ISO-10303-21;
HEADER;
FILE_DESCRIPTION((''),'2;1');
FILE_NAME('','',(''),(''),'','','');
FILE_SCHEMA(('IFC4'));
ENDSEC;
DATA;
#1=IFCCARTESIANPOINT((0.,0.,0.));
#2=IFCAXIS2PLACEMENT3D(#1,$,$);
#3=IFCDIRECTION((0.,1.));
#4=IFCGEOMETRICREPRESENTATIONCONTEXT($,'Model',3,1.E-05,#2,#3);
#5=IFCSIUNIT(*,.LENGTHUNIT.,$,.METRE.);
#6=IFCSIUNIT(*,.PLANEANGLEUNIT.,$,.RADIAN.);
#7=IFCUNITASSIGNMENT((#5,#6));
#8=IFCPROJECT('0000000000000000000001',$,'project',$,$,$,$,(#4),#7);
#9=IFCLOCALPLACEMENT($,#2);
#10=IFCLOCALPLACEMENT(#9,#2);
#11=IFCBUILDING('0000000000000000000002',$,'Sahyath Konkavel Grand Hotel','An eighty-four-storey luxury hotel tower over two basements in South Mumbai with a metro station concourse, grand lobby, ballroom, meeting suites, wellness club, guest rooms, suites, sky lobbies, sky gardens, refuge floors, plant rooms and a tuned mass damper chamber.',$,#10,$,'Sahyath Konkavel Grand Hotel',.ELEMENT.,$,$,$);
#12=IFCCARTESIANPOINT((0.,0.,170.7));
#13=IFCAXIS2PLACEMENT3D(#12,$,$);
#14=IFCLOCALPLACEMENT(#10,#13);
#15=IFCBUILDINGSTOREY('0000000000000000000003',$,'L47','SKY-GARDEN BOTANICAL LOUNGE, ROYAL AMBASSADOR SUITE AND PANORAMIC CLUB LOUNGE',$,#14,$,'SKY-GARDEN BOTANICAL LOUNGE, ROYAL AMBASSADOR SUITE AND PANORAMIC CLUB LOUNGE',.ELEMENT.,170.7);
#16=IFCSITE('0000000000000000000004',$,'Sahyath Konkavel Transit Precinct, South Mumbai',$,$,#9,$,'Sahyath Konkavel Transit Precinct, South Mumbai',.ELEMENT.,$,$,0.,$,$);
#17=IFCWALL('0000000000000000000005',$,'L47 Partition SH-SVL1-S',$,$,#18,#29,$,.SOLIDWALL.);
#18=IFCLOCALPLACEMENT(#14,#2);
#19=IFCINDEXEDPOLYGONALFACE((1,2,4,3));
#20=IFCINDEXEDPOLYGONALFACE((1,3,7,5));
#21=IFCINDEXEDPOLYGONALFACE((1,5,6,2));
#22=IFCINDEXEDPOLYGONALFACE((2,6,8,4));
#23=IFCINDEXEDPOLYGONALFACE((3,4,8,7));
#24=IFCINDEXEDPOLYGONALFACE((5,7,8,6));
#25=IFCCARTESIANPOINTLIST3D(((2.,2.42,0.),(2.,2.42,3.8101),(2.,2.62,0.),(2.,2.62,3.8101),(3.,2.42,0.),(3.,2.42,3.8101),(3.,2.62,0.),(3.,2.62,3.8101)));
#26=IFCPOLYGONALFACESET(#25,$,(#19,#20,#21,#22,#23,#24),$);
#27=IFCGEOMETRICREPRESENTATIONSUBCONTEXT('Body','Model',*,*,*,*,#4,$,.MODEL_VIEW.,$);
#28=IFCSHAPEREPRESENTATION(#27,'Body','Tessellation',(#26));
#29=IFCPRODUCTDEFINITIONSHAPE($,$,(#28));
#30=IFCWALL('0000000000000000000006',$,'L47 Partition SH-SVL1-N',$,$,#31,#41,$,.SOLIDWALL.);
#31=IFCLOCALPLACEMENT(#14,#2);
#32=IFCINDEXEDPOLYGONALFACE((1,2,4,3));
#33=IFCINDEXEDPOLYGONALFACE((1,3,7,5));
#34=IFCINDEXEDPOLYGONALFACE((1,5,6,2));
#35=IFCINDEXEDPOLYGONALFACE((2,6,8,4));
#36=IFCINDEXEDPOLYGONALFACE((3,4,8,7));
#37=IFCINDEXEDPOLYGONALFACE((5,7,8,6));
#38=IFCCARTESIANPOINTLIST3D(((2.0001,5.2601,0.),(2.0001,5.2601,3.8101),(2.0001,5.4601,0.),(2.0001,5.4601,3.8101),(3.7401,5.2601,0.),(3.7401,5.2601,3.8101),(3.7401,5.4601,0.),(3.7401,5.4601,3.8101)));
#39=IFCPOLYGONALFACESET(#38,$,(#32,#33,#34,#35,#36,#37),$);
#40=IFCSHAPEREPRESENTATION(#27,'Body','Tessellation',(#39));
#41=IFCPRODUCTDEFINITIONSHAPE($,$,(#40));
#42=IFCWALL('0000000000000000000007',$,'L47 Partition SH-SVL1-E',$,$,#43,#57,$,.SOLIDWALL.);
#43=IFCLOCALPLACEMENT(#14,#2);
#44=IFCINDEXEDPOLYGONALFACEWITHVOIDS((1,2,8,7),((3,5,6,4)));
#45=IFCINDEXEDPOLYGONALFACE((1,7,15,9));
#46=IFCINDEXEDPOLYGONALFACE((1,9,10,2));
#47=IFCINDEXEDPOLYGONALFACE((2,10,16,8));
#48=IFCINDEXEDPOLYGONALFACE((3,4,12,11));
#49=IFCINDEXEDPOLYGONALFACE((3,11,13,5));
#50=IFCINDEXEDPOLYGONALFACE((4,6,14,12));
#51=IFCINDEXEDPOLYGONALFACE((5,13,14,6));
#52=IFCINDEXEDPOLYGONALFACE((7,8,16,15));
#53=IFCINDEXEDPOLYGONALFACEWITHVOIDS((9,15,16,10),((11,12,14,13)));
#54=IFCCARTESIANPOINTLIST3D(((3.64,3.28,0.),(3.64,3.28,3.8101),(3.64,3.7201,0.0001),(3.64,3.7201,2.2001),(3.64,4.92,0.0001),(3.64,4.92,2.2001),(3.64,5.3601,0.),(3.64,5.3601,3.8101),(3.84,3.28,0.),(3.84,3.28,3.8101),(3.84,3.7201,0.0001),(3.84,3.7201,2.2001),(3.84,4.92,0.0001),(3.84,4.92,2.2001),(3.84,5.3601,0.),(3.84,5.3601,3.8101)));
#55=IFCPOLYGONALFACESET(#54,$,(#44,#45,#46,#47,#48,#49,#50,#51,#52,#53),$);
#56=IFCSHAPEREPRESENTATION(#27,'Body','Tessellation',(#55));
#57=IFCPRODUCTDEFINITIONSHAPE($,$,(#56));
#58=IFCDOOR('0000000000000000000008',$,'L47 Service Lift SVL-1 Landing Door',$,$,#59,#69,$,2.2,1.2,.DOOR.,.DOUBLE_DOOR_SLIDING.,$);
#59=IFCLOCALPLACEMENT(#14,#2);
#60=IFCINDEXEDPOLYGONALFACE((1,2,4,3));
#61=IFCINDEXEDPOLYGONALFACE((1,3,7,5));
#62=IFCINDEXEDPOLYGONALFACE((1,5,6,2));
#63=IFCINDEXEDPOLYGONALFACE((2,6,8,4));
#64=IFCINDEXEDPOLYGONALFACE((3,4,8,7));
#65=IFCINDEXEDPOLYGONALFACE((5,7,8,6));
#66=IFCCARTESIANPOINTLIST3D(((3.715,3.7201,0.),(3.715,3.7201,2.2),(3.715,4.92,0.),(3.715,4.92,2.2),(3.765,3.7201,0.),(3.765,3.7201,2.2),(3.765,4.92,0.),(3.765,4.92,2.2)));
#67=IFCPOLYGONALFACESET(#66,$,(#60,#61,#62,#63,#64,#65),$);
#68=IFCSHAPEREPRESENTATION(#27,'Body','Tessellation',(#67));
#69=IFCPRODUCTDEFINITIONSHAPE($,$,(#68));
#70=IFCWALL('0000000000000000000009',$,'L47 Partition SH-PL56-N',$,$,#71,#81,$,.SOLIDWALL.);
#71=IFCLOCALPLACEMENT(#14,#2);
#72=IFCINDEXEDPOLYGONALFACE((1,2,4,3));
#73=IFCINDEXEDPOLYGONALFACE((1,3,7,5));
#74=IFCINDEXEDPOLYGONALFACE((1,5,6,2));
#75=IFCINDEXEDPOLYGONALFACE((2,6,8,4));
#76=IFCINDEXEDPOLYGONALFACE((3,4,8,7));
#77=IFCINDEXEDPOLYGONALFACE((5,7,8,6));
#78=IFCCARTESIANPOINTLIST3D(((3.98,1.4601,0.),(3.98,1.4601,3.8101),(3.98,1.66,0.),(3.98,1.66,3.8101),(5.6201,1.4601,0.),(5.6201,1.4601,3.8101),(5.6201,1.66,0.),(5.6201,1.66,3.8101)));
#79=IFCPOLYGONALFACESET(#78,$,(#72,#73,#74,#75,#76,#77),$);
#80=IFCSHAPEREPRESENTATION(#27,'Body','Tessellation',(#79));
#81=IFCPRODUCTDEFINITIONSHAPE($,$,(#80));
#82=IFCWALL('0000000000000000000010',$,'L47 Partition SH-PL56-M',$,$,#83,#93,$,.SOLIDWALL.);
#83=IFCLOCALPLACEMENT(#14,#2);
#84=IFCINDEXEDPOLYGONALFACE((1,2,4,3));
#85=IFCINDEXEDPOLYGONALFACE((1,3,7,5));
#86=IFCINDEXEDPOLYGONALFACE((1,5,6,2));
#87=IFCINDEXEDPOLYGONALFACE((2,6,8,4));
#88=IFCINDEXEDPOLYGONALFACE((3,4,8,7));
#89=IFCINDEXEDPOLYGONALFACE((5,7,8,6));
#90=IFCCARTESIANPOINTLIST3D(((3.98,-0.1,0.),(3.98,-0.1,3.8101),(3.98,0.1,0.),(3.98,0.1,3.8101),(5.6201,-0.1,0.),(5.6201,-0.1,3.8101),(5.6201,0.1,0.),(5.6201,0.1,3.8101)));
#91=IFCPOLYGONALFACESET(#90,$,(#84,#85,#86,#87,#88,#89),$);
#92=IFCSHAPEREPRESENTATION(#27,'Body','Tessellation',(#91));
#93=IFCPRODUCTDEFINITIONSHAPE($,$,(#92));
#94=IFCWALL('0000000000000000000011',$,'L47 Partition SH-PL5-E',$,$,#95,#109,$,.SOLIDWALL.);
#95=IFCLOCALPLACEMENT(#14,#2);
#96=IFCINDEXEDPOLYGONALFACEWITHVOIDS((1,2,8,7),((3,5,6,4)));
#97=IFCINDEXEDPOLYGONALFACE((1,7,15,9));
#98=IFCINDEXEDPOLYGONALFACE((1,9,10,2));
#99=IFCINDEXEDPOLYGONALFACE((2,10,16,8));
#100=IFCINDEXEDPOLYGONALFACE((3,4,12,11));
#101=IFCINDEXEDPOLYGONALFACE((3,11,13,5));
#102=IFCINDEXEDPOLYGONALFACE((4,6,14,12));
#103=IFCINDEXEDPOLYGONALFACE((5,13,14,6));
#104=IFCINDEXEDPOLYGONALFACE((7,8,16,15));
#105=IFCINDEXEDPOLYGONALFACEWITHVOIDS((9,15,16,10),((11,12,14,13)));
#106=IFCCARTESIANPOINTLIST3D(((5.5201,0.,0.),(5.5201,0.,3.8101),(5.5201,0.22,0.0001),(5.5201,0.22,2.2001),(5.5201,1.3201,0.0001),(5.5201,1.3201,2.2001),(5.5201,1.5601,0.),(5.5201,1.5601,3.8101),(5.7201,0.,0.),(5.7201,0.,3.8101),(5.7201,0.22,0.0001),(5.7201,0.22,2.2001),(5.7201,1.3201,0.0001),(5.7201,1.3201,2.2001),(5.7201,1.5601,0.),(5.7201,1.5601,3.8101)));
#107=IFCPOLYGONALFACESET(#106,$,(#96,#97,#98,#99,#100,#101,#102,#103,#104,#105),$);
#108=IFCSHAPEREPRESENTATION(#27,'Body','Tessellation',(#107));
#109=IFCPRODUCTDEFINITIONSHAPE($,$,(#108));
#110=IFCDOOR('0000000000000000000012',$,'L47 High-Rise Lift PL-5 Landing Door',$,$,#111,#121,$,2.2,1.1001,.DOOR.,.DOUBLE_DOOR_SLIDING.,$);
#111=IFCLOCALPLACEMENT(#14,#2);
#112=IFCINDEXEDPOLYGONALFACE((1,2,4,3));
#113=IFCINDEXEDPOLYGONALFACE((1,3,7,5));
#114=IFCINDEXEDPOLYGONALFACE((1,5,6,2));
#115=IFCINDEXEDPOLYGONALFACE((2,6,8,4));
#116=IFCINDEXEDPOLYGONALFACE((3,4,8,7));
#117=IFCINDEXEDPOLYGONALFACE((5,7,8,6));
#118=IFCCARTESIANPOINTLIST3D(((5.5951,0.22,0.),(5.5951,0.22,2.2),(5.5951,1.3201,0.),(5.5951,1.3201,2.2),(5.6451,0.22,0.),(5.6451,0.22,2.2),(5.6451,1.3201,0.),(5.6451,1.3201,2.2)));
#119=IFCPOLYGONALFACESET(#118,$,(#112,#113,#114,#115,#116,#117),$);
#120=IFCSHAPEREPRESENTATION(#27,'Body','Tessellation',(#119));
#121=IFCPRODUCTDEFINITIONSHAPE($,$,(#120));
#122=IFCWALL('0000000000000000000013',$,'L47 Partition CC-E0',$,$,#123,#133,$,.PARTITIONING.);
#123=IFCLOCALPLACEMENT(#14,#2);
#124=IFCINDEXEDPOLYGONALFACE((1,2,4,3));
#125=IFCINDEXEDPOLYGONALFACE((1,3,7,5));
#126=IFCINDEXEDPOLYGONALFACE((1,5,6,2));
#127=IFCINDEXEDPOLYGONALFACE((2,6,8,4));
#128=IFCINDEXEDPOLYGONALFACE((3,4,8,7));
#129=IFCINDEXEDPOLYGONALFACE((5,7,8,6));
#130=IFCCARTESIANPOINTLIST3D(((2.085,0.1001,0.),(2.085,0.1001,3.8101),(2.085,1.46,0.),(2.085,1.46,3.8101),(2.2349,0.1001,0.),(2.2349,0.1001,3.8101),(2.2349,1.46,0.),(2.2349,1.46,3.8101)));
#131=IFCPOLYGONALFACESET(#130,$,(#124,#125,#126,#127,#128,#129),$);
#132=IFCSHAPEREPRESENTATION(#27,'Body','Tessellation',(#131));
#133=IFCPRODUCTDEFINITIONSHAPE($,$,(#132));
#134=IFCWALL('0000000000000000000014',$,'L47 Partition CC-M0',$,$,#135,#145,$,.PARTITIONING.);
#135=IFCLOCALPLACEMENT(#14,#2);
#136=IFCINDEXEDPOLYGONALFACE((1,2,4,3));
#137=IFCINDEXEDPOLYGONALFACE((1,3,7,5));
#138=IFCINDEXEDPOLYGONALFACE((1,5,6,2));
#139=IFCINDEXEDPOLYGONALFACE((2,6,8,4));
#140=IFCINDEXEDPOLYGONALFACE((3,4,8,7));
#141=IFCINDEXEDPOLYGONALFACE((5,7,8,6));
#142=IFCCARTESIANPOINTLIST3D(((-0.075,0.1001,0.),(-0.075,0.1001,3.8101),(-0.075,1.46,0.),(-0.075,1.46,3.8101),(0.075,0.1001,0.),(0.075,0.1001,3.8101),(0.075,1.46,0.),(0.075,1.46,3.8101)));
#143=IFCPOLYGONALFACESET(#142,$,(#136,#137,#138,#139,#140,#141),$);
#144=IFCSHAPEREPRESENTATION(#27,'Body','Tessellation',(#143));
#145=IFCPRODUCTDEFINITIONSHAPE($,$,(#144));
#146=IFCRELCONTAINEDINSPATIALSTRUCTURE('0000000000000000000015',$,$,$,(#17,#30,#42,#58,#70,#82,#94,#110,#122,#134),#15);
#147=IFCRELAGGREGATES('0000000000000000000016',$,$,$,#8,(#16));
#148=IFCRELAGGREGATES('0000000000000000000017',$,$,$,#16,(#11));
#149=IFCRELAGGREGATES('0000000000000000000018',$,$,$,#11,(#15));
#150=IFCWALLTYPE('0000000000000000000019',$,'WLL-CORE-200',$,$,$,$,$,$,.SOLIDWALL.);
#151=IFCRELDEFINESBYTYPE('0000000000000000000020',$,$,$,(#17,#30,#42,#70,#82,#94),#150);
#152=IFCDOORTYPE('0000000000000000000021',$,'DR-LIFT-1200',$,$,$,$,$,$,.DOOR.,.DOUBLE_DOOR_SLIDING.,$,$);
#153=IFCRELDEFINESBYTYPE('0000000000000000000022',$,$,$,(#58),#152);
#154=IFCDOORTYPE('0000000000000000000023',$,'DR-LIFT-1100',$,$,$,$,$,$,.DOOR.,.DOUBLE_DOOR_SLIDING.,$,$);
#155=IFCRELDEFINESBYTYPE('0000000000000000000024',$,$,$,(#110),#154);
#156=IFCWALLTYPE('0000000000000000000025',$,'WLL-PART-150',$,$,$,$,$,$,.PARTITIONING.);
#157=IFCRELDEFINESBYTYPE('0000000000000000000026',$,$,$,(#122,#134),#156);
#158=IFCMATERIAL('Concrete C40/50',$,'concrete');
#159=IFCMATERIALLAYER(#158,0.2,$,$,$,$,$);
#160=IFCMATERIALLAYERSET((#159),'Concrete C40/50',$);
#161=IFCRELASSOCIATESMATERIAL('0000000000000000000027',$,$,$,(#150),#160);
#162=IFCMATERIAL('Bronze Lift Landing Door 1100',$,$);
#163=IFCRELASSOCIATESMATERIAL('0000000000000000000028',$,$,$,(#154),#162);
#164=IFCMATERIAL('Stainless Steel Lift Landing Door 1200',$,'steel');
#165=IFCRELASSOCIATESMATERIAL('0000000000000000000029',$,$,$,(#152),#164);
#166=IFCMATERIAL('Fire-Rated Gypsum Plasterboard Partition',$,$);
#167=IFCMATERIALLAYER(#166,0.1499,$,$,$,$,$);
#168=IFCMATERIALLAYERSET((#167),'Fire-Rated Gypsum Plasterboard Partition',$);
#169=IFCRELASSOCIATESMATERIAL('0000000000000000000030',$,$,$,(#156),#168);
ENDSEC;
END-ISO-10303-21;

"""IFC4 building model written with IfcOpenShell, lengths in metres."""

from ifc_helpers import new_model, si_unit, direction, frame, frame_2d, origin, origin_2d, place, context, subcontext, project, spatial, rectangle, extrude, source, transform, mapped, material, layer, layer_set, type_object, element, fill, save


model = new_model("IFC4")

# Units and contexts
model_context = context("Model", 3, precision=1e-05, world=origin(), true_north=direction((0.0, 1.0)))
body_context = subcontext(model_context, "Body", "Model", "MODEL_VIEW")
ifc_project = project(units=[si_unit("LENGTHUNIT", "METRE"), si_unit("PLANEANGLEUNIT", "RADIAN")], contexts=[model_context])

# Site, building, storey
site_placement = place(None, origin())
site = spatial("IfcSite", under=ifc_project, at=site_placement, Name="Sahyath Konkavel Transit Precinct, South Mumbai", LongName="Sahyath Konkavel Transit Precinct, South Mumbai", CompositionType="ELEMENT", RefElevation=0.0)
building_placement = place(site_placement, origin())
building = spatial("IfcBuilding", under=site, at=building_placement, Name="Sahyath Konkavel Grand Hotel", Description="An eighty-four-storey luxury hotel tower over two basements in South Mumbai with a metro station concourse, grand lobby, ballroom, meeting suites, wellness club, guest rooms, suites, sky lobbies, sky gardens, refuge floors, plant rooms and a tuned mass damper chamber.", LongName="Sahyath Konkavel Grand Hotel", CompositionType="ELEMENT")
storey_placement = place(building_placement, frame((0.0, 0.0, 170.7)))
storey = spatial("IfcBuildingStorey", under=building, at=storey_placement, Name="L47", Description="SKY-GARDEN BOTANICAL LOUNGE, ROYAL AMBASSADOR SUITE AND PANORAMIC CLUB LOUNGE", LongName="SKY-GARDEN BOTANICAL LOUNGE, ROYAL AMBASSADOR SUITE AND PANORAMIC CLUB LOUNGE", CompositionType="ELEMENT", Elevation=170.7)

# Shared definitions
ifc_material_1 = material(Name="Concrete C40/50", Category="concrete")

# Shared definitions
ifc_layer_1 = layer(ifc_material_1, 0.2)
ifc_layer_set_1 = layer_set([ifc_layer_1], Name="Concrete C40/50")
wall_type_1 = type_object("IfcWallType", Name="WLL-CORE-200", PredefinedType="SOLIDWALL", material=ifc_layer_set_1)

# Shared definitions
ifc_material_2 = material(Name="Bronze Lift Landing Door 1100")
door_type_1 = type_object("IfcDoorType", Name="DR-LIFT-1100", OperationType="DOUBLE_DOOR_SLIDING", PredefinedType="DOOR", material=ifc_material_2)
shared_shape_1 = source(origin(), body_context, "Body", "SweptSolid", [
    extrude(rectangle(XDim=1.1001, YDim=0.05, at=origin_2d()), origin(), (0.0, 0.0, 1.0), 2.2),
])

# Walls
wall_1_placement = place(storey_placement, frame((2.0, 2.52, 0.0), z_axis=(0.0, 0.0, 1.0), x_axis=(1.0, 0.0, 0.0)))
element("IfcWall", 1, at=wall_1_placement, inside=storey, type_object=wall_type_1, Name="L47 Partition SH-SVL1-S", PredefinedType="SOLIDWALL", context=body_context, shape_type="SweptSolid", body=[
    extrude(rectangle(XDim=1.0, YDim=0.2, at=frame_2d((0.5, 0.0))), origin(), (0.0, 0.0, 1.0), 3.8101),
])
wall_2_placement = place(storey_placement, frame((2.0, 5.3601, 0.0), z_axis=(0.0, 0.0, 1.0), x_axis=(1.0, 0.0, 0.0)))
element("IfcWall", 2, at=wall_2_placement, inside=storey, type_object=wall_type_1, Name="L47 Partition SH-SVL1-N", PredefinedType="SOLIDWALL", context=body_context, shape_type="SweptSolid", body=[
    extrude(rectangle(XDim=1.74, YDim=0.2, at=frame_2d((0.8701, 0.0))), origin(), (0.0, 0.0, 1.0), 3.8101),
])

# Wall, opening, door
wall_3_placement = place(storey_placement, frame((3.74, 3.28, 0.0), z_axis=(0.0, 0.0, 1.0), x_axis=(0.0, 1.0, 0.0)))
wall_3 = element("IfcWall", 3, at=wall_3_placement, inside=storey, type_object=wall_type_1, Name="L47 Partition SH-SVL1-E", PredefinedType="SOLIDWALL", context=body_context, shape_type="SweptSolid", body=[
    extrude(rectangle(XDim=2.0801, YDim=0.2, at=frame_2d((1.04, 0.0))), origin(), (0.0, 0.0, 1.0), 3.8101),
])
opening_1_placement = place(wall_3_placement, frame((0.4399, 0.0, 0.0)))
opening_1 = element("IfcOpeningElement", 4, at=opening_1_placement, cuts=wall_3, PredefinedType="OPENING", context=body_context, shape_type="SweptSolid", body=[
    extrude(rectangle(XDim=1.2, YDim=2.2, at=frame_2d((0.6001, 1.1001))), frame((0.0, 0.1099, 0.0), z_axis=(0.0, -1.0, 0.0), x_axis=(1.0, 0.0, 0.0)), (0.0, 0.0, 1.0), 0.22),
])
ifc_material_3 = material(Name="Stainless Steel Lift Landing Door 1200", Category="steel")
door_type_2 = type_object("IfcDoorType", Name="DR-LIFT-1200", OperationType="DOUBLE_DOOR_SLIDING", PredefinedType="DOOR", material=ifc_material_3)
shared_shape_2 = source(origin(), body_context, "Body", "SweptSolid", [
    extrude(rectangle(XDim=1.2, YDim=0.05, at=origin_2d()), origin(), (0.0, 0.0, 1.0), 2.2),
])
door_1_placement = place(opening_1_placement, frame((0.6001, 0.0, 0.0)))
door_1 = element("IfcDoor", 5, at=door_1_placement, inside=storey, type_object=door_type_2, Name="L47 Service Lift SVL-1 Landing Door", OperationType="DOUBLE_DOOR_SLIDING", OverallHeight=2.2, OverallWidth=1.2, PredefinedType="DOOR", context=body_context, shape_type="MappedRepresentation", body=[
    mapped(shared_shape_2, transform((0.0, 0.0, 0.0), scale=1.0)),
])
fill(opening_1, door_1)

# Walls
for number, where, z_axis, x_axis, name in (
    (6, (3.98, 1.5601, 0.0), (0.0, 0.0, 1.0), (1.0, 0.0, 0.0), "L47 Partition SH-PL56-N"),
    (7, (3.98, 0.0, 0.0), (0.0, 0.0, 1.0), (1.0, 0.0, 0.0), "L47 Partition SH-PL56-M"),
):
    element("IfcWall", number, at=place(storey_placement, frame(where, z_axis=z_axis, x_axis=x_axis)), inside=storey, type_object=wall_type_1, Name=name, PredefinedType="SOLIDWALL", context=body_context, shape_type="SweptSolid", body=[
        extrude(rectangle(XDim=1.6401, YDim=0.2, at=frame_2d((0.8201, 0.0))), origin(), (0.0, 0.0, 1.0), 3.8101),
    ])

# Wall, opening, door
wall_4_placement = place(storey_placement, frame((5.6201, 0.0, 0.0), z_axis=(0.0, 0.0, 1.0), x_axis=(0.0, 1.0, 0.0)))
wall_4 = element("IfcWall", 8, at=wall_4_placement, inside=storey, type_object=wall_type_1, Name="L47 Partition SH-PL5-E", PredefinedType="SOLIDWALL", context=body_context, shape_type="SweptSolid", body=[
    extrude(rectangle(XDim=1.5601, YDim=0.2, at=frame_2d((0.78, 0.0))), origin(), (0.0, 0.0, 1.0), 3.8101),
])
opening_2_placement = place(wall_4_placement, frame((0.22, 0.0, 0.0)))
opening_2 = element("IfcOpeningElement", 9, at=opening_2_placement, cuts=wall_4, PredefinedType="OPENING", context=body_context, shape_type="SweptSolid", body=[
    extrude(rectangle(XDim=1.1001, YDim=2.2, at=frame_2d((0.55, 1.1001))), frame((0.0, 0.1099, 0.0), z_axis=(0.0, -1.0, 0.0), x_axis=(1.0, 0.0, 0.0)), (0.0, 0.0, 1.0), 0.22),
])
door_2_placement = place(opening_2_placement, frame((0.55, 0.0, 0.0)))
door_2 = element("IfcDoor", 10, at=door_2_placement, inside=storey, type_object=door_type_1, Name="L47 High-Rise Lift PL-5 Landing Door", OperationType="DOUBLE_DOOR_SLIDING", OverallHeight=2.2, OverallWidth=1.1001, PredefinedType="DOOR", context=body_context, shape_type="MappedRepresentation", body=[
    mapped(shared_shape_1, transform((0.0, 0.0, 0.0), scale=1.0)),
])
fill(opening_2, door_2)

# Walls
ifc_material_4 = material(Name="Fire-Rated Gypsum Plasterboard Partition")
ifc_layer_2 = layer(ifc_material_4, 0.1499)
ifc_layer_set_2 = layer_set([ifc_layer_2], Name="Fire-Rated Gypsum Plasterboard Partition")
wall_type_2 = type_object("IfcWallType", Name="WLL-PART-150", PredefinedType="PARTITIONING", material=ifc_layer_set_2)
for number, where, z_axis, x_axis, name in (
    (11, (2.1599, 0.1001, 0.0), (0.0, 0.0, 1.0), (0.0, 1.0, 0.0), "L47 Partition CC-E0"),
    (12, (0.0, 0.1001, 0.0), (0.0, 0.0, 1.0), (0.0, 1.0, 0.0), "L47 Partition CC-M0"),
):
    element("IfcWall", number, at=place(storey_placement, frame(where, z_axis=z_axis, x_axis=x_axis)), inside=storey, type_object=wall_type_2, Name=name, PredefinedType="PARTITIONING", context=body_context, shape_type="SweptSolid", body=[
        extrude(rectangle(XDim=1.3599, YDim=0.1499, at=frame_2d((0.6799, 0.0))), origin(), (0.0, 0.0, 1.0), 3.8101),
    ])

save(model, "model.ifc")
